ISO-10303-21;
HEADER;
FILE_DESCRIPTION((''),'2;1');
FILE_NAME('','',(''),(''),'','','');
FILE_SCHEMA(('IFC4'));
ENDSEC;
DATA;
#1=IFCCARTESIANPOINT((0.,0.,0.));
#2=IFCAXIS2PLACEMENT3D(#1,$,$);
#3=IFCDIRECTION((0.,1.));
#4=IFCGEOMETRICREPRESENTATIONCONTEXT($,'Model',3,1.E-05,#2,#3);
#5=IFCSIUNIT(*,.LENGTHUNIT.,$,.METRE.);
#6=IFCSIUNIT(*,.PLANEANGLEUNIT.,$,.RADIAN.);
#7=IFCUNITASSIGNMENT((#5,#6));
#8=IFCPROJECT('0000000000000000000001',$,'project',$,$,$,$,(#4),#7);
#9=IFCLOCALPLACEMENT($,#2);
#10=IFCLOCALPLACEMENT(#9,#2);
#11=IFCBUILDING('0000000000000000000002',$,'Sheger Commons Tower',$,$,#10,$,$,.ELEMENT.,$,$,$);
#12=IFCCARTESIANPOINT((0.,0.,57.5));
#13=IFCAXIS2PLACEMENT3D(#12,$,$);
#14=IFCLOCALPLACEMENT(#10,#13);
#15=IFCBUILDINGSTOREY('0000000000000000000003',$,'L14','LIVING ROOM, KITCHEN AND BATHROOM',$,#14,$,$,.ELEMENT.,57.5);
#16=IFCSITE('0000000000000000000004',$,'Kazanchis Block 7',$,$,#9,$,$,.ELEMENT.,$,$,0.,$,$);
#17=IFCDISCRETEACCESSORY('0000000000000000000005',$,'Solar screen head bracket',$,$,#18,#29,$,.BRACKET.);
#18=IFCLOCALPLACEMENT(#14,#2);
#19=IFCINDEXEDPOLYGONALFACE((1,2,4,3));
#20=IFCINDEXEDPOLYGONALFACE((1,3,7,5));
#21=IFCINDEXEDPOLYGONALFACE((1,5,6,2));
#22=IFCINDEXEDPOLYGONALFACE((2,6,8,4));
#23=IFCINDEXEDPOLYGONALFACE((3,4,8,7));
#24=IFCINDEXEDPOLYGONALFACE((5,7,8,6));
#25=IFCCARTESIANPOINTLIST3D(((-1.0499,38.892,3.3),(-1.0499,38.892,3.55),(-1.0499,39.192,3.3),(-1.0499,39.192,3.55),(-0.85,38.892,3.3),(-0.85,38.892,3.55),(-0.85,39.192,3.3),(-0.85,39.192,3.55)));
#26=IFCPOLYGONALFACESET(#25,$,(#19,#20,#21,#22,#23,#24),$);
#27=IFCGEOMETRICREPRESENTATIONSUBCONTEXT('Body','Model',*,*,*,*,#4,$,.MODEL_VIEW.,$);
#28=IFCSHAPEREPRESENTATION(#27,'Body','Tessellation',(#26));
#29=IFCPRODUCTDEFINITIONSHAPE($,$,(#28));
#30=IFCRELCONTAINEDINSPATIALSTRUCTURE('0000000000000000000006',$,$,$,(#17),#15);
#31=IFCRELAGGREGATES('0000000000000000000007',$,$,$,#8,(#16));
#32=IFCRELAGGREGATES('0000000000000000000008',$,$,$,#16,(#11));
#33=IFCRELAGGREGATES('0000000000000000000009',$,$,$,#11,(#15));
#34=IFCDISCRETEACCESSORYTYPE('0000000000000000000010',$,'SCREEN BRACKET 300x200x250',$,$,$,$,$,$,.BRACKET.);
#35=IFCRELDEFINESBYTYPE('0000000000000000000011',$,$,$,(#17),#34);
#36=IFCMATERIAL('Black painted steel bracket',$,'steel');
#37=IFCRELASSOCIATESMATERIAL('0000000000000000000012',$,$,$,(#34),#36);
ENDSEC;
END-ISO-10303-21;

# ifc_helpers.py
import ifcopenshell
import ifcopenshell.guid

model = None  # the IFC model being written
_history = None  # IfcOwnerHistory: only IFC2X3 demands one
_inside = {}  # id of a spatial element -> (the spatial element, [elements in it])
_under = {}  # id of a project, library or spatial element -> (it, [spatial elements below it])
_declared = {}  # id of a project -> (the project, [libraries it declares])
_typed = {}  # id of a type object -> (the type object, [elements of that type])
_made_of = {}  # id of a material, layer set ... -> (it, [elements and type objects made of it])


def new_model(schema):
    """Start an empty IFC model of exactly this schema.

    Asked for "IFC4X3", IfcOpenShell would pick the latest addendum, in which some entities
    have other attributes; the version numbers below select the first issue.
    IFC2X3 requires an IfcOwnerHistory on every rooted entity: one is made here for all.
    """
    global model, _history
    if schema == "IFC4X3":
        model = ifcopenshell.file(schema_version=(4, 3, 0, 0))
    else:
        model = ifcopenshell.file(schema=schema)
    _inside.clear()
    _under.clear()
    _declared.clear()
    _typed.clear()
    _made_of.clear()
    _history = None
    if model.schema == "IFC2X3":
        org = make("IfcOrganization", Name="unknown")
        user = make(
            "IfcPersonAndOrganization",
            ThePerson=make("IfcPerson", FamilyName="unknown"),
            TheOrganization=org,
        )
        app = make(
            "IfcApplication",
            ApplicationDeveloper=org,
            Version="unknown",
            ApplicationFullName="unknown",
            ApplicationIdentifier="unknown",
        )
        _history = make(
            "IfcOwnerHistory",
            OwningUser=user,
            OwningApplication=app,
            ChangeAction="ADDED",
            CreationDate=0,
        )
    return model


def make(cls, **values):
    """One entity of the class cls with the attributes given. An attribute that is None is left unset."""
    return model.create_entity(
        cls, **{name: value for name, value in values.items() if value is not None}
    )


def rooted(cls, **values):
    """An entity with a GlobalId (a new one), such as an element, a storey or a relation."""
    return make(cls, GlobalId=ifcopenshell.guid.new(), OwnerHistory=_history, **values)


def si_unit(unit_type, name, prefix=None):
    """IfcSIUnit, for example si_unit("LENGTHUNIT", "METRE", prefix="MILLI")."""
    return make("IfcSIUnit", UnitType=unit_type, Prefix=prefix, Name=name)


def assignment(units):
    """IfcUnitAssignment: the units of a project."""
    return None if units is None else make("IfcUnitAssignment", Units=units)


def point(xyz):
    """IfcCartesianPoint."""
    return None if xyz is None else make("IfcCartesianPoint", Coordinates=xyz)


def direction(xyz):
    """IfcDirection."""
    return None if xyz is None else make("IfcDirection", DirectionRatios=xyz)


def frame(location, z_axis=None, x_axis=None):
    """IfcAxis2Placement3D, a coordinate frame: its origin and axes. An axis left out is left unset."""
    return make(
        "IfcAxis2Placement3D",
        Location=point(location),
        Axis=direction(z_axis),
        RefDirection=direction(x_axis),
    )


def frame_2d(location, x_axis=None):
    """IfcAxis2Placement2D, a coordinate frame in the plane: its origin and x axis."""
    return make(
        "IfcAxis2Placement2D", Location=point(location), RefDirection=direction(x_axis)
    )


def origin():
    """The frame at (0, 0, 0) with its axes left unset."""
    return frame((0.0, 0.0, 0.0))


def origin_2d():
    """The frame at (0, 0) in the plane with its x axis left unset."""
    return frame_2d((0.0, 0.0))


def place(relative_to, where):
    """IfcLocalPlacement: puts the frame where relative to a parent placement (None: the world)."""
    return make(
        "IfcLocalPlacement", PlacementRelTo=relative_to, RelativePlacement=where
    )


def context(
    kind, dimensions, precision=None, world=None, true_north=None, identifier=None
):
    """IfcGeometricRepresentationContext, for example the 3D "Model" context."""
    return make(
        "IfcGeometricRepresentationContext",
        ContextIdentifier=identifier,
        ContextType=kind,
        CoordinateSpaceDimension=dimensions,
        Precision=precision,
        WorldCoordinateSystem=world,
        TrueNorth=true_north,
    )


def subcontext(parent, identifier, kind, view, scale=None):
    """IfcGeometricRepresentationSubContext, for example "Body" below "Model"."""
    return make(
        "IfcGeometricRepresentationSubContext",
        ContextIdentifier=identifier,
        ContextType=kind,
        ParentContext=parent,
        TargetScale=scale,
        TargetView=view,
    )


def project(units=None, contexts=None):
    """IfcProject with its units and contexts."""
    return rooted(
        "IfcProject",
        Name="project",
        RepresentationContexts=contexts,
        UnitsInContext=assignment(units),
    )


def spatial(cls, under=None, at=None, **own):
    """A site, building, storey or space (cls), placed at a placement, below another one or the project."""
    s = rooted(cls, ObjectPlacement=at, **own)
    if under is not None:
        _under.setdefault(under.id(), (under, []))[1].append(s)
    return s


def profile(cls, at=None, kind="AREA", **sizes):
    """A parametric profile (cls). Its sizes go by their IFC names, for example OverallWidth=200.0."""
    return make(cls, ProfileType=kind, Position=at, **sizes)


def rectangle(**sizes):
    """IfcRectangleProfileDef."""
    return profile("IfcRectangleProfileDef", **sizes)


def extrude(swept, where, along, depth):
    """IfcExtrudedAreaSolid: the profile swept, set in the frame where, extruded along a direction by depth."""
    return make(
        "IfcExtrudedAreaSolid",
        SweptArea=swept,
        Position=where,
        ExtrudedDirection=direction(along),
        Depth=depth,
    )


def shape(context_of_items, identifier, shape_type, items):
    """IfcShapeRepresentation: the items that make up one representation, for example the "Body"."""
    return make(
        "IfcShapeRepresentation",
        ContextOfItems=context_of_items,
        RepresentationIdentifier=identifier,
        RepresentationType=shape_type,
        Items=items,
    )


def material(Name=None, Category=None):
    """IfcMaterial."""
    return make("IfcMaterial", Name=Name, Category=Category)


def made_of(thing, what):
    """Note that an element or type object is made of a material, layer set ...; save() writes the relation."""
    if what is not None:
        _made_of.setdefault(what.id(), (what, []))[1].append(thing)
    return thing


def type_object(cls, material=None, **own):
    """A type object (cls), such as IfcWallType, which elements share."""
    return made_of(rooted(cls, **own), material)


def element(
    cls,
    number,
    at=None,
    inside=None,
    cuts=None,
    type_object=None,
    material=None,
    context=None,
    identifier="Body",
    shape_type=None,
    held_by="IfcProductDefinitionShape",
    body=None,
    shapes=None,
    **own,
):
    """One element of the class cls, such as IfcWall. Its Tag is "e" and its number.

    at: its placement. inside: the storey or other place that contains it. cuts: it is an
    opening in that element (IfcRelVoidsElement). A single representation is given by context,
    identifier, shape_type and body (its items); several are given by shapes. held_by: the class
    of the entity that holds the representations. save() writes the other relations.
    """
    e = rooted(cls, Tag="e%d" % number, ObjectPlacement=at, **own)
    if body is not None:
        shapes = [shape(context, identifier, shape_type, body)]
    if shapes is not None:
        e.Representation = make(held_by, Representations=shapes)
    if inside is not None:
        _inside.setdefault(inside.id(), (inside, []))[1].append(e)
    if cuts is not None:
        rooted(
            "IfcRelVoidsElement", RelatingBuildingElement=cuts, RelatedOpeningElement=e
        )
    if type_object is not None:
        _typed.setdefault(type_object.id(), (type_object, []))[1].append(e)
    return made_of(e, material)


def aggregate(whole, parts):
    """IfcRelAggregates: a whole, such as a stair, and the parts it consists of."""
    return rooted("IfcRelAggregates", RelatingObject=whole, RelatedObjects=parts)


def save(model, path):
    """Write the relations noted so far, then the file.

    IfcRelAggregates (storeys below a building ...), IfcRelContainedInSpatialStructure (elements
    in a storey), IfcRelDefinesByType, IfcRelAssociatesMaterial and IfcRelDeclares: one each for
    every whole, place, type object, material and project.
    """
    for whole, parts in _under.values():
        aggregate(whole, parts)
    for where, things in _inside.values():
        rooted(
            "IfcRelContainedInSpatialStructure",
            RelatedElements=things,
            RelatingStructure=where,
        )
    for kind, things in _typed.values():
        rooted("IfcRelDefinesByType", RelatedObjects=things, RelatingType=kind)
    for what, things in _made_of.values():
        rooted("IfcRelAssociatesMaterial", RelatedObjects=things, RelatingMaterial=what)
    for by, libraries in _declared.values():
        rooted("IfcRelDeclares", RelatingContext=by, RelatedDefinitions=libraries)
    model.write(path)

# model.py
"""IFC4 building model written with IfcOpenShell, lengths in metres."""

from ifc_helpers import new_model, si_unit, direction, frame, origin, origin_2d, place, context, subcontext, project, spatial, rectangle, extrude, material, type_object, element, save


model = new_model("IFC4")

# Units and contexts
model_context = context("Model", 3, precision=1e-05, world=origin(), true_north=direction((0.0, 1.0)))
body_context = subcontext(model_context, "Body", "Model", "MODEL_VIEW")
ifc_project = project(units=[si_unit("LENGTHUNIT", "METRE"), si_unit("PLANEANGLEUNIT", "RADIAN")], contexts=[model_context])

# Site, building, storey
site_placement = place(None, origin())
site = spatial("IfcSite", under=ifc_project, at=site_placement, Name="Kazanchis Block 7", CompositionType="ELEMENT", RefElevation=0.0)
building_placement = place(site_placement, origin())
building = spatial("IfcBuilding", under=site, at=building_placement, Name="Sheger Commons Tower", CompositionType="ELEMENT")
storey_placement = place(building_placement, frame((0.0, 0.0, 57.5)))
storey = spatial("IfcBuildingStorey", under=building, at=storey_placement, Name="L14", Description="LIVING ROOM, KITCHEN AND BATHROOM", CompositionType="ELEMENT", Elevation=57.5)

# Discrete accessory
ifc_material_1 = material(Name="Black painted steel bracket", Category="steel")
discrete_accessory_type = type_object("IfcDiscreteAccessoryType", Name="SCREEN BRACKET 300x200x250", PredefinedType="BRACKET", material=ifc_material_1)
for number, where, z_axis, x_axis, name in (
    (1, (-0.95, 39.042, 3.3), (0.0, 0.0, 1.0), (0.0, -1.0, 0.0), "Solar screen head bracket"),
):
    element("IfcDiscreteAccessory", number, at=place(storey_placement, frame(where, z_axis=z_axis, x_axis=x_axis)), inside=storey, type_object=discrete_accessory_type, Name=name, PredefinedType="BRACKET", context=body_context, shape_type="SweptSolid", body=[
        extrude(rectangle(XDim=0.3, YDim=0.2, at=origin_2d()), origin(), (0.0, 0.0, 1.0), 0.25),
    ])

save(model, "model.ifc")
